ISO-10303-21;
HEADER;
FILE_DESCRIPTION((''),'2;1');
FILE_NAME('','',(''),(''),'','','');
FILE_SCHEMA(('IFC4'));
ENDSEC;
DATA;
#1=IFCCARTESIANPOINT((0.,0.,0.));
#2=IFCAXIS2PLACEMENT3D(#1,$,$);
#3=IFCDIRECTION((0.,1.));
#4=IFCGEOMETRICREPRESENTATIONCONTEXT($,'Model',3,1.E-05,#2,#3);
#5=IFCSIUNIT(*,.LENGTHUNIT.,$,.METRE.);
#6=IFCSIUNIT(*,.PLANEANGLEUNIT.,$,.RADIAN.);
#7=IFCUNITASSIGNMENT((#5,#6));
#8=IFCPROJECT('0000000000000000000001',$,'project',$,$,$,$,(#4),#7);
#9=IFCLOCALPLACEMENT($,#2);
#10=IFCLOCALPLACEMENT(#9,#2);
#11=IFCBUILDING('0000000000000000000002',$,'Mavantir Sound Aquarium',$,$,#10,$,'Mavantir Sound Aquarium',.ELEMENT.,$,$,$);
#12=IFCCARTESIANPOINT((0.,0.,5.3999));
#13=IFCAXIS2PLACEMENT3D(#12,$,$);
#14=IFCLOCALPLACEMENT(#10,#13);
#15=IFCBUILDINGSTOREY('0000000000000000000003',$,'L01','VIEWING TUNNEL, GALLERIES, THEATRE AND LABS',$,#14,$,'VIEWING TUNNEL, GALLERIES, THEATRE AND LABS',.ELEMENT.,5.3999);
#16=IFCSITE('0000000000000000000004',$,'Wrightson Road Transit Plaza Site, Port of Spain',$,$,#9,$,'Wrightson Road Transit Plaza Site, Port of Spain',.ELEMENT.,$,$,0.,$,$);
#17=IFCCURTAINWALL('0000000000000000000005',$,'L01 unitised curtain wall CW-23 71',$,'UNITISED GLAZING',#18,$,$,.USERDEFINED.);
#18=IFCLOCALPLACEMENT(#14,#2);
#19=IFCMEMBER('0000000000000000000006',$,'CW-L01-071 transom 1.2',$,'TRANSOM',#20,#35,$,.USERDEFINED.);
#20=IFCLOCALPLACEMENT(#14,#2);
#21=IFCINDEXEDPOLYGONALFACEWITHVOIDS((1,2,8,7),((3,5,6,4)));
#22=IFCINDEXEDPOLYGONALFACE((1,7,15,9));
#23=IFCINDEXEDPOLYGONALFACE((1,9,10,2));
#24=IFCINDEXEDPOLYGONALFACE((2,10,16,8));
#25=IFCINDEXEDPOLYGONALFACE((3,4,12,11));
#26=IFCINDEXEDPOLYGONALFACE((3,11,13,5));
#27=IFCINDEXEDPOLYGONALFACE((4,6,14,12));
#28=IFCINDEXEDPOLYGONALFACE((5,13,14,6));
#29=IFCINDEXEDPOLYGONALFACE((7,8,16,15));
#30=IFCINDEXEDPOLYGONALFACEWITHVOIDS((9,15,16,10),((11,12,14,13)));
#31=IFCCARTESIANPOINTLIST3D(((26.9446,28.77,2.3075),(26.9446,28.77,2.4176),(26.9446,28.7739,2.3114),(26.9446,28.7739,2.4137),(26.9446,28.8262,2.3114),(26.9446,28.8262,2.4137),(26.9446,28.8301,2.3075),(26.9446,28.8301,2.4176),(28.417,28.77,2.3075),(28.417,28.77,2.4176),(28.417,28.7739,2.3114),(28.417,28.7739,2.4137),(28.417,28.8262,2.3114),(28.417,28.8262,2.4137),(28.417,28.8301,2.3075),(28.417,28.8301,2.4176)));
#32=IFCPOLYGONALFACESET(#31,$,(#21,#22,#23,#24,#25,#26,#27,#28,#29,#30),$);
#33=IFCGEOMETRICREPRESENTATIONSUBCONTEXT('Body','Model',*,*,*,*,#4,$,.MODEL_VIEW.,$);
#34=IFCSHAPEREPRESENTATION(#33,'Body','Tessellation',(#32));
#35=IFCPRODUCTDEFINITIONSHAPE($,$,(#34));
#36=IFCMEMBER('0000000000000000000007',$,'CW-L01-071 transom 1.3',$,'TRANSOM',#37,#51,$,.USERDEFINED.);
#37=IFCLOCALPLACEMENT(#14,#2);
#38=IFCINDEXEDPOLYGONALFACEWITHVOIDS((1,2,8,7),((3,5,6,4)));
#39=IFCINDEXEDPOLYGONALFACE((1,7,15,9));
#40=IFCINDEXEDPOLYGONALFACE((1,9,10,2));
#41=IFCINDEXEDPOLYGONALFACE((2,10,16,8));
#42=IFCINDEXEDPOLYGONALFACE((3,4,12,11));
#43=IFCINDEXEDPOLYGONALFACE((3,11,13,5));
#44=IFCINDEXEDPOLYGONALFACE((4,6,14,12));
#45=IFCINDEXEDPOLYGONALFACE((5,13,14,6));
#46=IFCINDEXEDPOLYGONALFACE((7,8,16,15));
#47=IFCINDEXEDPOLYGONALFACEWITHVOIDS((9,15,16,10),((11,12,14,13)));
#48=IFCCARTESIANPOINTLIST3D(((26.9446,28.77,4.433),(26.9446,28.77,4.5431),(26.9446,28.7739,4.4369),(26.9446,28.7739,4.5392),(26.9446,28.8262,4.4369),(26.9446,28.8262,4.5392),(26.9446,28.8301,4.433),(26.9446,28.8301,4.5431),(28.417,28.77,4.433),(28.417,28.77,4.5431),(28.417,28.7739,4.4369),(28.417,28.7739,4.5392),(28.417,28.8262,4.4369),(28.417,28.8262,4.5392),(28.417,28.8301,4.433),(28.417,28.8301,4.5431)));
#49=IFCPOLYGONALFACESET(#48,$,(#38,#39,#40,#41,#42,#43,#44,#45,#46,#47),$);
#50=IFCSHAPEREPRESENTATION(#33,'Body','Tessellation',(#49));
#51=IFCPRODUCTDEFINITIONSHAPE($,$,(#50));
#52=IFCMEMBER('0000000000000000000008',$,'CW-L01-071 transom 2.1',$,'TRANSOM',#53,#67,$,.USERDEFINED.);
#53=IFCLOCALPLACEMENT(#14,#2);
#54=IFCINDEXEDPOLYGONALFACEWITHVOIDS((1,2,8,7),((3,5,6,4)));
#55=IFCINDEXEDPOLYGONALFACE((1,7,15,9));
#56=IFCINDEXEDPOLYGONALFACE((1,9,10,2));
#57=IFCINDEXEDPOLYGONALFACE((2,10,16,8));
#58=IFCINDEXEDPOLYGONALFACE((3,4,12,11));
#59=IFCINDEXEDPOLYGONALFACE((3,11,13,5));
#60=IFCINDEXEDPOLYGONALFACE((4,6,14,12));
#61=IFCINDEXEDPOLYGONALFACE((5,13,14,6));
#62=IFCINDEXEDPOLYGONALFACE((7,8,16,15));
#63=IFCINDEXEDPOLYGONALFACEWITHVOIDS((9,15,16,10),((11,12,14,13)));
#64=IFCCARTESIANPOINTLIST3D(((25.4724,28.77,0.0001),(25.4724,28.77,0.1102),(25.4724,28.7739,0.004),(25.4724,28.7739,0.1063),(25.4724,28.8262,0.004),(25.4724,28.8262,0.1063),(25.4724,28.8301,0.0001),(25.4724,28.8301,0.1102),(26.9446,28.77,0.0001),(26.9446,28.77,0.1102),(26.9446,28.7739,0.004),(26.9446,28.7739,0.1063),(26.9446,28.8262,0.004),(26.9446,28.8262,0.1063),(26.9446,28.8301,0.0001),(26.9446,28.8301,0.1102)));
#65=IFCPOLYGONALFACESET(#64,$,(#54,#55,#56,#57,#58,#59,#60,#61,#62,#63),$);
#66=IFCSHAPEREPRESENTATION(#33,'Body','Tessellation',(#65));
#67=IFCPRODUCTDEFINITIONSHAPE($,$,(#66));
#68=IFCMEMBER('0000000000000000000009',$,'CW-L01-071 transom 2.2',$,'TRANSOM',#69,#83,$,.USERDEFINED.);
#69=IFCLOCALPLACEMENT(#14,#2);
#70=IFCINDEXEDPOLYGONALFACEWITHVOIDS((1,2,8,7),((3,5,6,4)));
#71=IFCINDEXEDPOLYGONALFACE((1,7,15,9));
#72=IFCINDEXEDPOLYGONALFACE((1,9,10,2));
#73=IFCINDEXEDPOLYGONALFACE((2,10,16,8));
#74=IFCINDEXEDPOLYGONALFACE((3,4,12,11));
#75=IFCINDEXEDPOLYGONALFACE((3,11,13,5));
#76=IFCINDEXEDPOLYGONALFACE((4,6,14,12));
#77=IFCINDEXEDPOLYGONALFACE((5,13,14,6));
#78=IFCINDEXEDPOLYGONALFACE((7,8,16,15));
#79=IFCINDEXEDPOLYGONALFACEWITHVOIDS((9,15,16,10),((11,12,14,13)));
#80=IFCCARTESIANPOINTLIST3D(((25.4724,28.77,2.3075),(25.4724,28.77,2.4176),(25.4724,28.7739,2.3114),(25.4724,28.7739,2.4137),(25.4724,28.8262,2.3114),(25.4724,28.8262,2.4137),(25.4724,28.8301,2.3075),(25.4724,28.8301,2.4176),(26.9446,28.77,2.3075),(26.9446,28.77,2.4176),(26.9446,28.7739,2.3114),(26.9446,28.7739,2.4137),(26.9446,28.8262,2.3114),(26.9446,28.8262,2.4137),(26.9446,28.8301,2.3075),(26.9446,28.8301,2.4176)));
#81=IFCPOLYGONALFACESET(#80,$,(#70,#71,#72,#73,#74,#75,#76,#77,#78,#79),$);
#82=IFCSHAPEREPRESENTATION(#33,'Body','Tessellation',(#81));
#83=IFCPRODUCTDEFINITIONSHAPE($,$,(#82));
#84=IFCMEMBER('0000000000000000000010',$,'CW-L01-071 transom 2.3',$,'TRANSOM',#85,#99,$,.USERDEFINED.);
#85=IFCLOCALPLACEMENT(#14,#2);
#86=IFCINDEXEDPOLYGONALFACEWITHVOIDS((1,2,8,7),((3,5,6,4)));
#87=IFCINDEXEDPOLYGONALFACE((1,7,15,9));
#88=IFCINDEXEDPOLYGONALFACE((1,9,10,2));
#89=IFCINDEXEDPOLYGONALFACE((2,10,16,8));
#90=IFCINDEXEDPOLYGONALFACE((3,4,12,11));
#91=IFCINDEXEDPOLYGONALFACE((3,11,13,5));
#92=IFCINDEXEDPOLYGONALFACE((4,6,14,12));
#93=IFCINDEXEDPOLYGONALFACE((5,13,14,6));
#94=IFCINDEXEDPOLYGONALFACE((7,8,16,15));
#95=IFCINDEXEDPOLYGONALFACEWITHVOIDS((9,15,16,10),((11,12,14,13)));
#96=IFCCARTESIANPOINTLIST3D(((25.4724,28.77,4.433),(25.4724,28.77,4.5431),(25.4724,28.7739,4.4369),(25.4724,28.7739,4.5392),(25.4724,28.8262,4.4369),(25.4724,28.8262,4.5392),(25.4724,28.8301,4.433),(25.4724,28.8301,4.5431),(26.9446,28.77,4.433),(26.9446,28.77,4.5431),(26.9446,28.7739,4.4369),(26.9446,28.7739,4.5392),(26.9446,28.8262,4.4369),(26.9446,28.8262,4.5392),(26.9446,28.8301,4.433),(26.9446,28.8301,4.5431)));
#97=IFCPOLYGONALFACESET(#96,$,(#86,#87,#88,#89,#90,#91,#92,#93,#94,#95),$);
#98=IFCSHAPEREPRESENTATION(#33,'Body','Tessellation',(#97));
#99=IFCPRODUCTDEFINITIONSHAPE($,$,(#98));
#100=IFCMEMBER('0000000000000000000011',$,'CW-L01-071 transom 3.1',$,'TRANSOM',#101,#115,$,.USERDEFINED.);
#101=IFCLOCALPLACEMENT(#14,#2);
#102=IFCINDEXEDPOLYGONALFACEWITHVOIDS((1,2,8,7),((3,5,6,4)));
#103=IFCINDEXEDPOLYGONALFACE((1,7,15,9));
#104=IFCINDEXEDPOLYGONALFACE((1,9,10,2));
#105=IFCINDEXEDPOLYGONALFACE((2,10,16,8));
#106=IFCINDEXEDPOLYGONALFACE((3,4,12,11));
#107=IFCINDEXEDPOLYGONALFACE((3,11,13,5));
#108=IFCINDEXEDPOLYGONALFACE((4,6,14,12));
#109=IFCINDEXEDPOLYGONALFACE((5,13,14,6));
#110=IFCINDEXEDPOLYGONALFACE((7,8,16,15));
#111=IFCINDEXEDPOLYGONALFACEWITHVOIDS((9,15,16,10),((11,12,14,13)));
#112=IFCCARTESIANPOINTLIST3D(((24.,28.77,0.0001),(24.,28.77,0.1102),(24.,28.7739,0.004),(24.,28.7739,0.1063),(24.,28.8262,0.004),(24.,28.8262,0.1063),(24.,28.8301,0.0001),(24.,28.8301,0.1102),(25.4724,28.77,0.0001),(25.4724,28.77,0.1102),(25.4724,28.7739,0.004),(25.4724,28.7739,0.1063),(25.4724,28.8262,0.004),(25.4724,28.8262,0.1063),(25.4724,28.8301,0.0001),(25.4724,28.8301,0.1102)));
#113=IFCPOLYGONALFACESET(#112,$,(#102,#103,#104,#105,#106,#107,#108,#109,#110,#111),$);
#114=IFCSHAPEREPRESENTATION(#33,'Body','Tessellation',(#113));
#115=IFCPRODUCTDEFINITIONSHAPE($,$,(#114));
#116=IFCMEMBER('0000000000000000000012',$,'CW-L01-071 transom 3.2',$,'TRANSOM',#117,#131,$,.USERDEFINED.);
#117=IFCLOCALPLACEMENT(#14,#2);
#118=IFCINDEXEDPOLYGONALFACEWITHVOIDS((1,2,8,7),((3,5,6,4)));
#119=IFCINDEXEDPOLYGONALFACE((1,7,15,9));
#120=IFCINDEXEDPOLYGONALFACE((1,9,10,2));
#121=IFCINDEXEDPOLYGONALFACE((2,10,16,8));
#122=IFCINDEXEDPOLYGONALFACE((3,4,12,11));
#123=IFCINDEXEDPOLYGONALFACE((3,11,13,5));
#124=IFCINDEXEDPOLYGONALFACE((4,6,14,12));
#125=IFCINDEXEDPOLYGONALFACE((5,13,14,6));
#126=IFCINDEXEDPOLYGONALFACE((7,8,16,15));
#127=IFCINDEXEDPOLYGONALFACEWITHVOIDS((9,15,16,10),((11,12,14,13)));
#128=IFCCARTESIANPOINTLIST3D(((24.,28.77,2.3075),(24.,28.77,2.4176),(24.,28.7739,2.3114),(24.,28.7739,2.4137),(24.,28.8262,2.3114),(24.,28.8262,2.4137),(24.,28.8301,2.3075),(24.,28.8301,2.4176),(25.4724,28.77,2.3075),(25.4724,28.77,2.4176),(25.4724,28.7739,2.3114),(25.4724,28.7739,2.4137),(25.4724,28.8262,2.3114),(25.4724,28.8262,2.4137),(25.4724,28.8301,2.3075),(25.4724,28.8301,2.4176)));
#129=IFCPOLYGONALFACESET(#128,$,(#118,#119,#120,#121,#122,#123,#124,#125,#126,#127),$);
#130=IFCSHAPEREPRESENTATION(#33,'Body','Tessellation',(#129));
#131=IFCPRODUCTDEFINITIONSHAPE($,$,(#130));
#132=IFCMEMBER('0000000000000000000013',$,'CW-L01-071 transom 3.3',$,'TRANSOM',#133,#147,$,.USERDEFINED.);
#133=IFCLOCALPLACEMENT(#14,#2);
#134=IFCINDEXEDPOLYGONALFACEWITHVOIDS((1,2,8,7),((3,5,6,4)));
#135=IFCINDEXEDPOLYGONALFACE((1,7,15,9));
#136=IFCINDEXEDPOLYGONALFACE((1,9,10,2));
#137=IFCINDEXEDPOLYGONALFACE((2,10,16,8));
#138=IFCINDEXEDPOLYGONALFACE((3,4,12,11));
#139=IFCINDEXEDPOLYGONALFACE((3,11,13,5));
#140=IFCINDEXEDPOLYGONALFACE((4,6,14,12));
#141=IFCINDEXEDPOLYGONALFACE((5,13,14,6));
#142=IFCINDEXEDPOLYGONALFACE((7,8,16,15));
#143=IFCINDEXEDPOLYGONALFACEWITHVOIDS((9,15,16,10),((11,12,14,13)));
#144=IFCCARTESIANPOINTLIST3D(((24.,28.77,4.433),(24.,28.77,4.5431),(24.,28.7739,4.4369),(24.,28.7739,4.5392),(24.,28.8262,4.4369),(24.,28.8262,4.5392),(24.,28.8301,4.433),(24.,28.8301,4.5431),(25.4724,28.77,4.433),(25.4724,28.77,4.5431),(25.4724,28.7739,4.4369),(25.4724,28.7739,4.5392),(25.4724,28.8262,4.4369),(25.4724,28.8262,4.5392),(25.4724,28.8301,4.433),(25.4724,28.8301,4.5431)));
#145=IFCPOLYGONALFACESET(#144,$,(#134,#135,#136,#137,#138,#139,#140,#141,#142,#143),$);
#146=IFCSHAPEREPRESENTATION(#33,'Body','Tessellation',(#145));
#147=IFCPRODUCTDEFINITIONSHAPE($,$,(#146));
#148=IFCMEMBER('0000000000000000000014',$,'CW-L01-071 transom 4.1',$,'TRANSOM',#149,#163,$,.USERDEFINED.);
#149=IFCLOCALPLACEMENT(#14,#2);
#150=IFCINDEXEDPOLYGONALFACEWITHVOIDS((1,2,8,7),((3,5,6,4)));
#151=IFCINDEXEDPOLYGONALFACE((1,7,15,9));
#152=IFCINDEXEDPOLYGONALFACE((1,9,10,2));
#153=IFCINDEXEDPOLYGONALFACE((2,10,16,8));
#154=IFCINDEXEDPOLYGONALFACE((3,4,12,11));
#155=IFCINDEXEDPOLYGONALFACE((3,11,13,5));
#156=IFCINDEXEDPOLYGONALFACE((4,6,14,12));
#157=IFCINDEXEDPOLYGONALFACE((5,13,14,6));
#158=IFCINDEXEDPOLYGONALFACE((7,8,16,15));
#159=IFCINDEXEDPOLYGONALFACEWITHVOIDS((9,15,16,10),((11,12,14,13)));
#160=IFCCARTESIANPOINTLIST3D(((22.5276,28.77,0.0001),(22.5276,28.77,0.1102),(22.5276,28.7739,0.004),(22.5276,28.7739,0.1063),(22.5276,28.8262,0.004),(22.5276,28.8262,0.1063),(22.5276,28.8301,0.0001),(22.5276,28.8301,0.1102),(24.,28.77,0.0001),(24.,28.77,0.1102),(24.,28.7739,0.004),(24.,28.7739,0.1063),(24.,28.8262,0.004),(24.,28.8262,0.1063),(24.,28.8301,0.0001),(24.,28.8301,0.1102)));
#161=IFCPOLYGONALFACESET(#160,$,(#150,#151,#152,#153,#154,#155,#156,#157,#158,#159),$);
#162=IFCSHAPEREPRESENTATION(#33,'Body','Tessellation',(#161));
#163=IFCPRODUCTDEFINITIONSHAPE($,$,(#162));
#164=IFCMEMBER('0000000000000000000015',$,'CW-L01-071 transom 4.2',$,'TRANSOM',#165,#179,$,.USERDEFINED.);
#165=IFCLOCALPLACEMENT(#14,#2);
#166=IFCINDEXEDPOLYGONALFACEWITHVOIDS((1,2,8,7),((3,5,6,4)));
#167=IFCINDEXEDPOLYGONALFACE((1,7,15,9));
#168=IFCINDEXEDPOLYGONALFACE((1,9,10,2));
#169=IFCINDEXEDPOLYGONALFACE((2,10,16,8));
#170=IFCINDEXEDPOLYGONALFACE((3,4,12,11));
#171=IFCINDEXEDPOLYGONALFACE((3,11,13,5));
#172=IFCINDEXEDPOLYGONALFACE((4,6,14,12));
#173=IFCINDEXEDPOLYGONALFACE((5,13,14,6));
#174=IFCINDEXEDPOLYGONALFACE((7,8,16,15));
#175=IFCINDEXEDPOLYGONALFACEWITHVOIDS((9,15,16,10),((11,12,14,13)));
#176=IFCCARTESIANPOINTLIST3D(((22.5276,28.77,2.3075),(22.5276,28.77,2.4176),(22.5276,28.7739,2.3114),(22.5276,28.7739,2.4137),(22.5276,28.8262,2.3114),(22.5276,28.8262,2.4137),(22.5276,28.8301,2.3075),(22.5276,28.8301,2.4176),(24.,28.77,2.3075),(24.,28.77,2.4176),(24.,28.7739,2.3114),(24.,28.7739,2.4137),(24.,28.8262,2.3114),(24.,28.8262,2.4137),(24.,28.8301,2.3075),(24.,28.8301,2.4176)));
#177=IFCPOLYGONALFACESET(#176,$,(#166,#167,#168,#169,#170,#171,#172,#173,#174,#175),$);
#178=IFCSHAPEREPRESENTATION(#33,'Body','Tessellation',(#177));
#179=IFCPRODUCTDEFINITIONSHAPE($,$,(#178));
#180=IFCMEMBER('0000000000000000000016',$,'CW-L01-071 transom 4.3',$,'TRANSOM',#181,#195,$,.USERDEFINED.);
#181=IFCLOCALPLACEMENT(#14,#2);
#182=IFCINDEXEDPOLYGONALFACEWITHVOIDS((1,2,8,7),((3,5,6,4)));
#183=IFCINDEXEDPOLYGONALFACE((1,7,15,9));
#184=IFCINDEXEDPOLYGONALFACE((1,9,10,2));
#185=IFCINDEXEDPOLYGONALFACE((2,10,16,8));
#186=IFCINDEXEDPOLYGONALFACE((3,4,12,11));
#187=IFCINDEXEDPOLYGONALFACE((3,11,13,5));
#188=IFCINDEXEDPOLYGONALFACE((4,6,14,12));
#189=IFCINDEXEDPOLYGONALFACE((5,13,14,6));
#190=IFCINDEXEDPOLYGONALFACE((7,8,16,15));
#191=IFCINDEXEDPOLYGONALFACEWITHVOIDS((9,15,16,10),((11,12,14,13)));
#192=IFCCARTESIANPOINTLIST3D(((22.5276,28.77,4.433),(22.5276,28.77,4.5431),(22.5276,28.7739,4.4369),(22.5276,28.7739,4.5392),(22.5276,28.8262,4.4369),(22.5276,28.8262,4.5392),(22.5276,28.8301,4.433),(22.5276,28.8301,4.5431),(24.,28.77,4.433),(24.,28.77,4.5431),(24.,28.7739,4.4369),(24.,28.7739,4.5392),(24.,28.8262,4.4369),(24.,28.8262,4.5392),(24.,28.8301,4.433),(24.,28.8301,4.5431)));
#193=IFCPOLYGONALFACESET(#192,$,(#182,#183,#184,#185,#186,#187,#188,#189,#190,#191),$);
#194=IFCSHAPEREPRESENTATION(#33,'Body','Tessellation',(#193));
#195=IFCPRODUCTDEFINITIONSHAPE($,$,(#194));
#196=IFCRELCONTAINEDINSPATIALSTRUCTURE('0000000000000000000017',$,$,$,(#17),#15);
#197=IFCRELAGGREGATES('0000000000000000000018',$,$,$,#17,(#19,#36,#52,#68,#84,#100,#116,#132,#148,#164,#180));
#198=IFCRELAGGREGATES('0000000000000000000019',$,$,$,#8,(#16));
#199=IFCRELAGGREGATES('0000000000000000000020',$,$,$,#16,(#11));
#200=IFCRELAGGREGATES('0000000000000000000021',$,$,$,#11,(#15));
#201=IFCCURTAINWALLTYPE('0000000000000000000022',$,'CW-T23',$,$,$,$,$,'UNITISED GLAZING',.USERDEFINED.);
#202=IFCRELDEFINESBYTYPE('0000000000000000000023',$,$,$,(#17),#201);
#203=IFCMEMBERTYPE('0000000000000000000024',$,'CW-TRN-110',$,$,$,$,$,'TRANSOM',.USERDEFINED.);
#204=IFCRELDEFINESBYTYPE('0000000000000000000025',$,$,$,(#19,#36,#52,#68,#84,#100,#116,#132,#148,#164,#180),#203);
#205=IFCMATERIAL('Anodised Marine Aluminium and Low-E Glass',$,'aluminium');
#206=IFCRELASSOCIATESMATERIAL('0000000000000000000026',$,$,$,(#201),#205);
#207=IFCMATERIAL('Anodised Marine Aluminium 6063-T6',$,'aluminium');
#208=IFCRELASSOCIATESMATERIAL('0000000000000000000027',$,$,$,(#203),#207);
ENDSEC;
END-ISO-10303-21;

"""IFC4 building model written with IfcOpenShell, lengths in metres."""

from ifc_helpers import new_model, si_unit, direction, frame, origin, origin_2d, place, context, subcontext, project, spatial, hollow_rectangle, extrude, material, material_profile, profile_set, type_object, element, aggregate, save


model = new_model("IFC4")

# Units and contexts
model_context = context("Model", 3, precision=1e-05, world=origin(), true_north=direction((0.0, 1.0)))
body_context = subcontext(model_context, "Body", "Model", "MODEL_VIEW")
ifc_project = project(units=[si_unit("LENGTHUNIT", "METRE"), si_unit("PLANEANGLEUNIT", "RADIAN")], contexts=[model_context])

# Site, building, storey
site_placement = place(None, origin())
site = spatial("IfcSite", under=ifc_project, at=site_placement, Name="Wrightson Road Transit Plaza Site, Port of Spain", LongName="Wrightson Road Transit Plaza Site, Port of Spain", CompositionType="ELEMENT", RefElevation=0.0)
building_placement = place(site_placement, origin())
building = spatial("IfcBuilding", under=site, at=building_placement, Name="Mavantir Sound Aquarium", LongName="Mavantir Sound Aquarium", CompositionType="ELEMENT")
storey_placement = place(building_placement, frame((0.0, 0.0, 5.3999)))
storey = spatial("IfcBuildingStorey", under=building, at=storey_placement, Name="L01", Description="VIEWING TUNNEL, GALLERIES, THEATRE AND LABS", LongName="VIEWING TUNNEL, GALLERIES, THEATRE AND LABS", CompositionType="ELEMENT", Elevation=5.3999)

# Curtain wall, members
ifc_material_1 = material(Name="Anodised Marine Aluminium and Low-E Glass", Category="aluminium")
curtain_wall_type = type_object("IfcCurtainWallType", Name="CW-T23", ElementType="UNITISED GLAZING", PredefinedType="USERDEFINED", material=ifc_material_1)
curtain_wall_placement = place(storey_placement, origin())
curtain_wall = element("IfcCurtainWall", 1, at=curtain_wall_placement, inside=storey, type_object=curtain_wall_type, Name="L01 unitised curtain wall CW-23 71", ObjectType="UNITISED GLAZING", PredefinedType="USERDEFINED")
ifc_material_2 = material(Name="Anodised Marine Aluminium 6063-T6", Category="aluminium")
ifc_material_profile_1 = material_profile(ifc_material_2, hollow_rectangle(XDim=0.0601, YDim=0.1101, WallThickness=0.0039, at=origin_2d()), Name="ALU-TRANSOM-110X60")
ifc_profile_set_1 = profile_set([ifc_material_profile_1], Name="Anodised Marine Aluminium 6063-T6")
member_type_1 = type_object("IfcMemberType", Name="CW-TRN-110", ElementType="TRANSOM", PredefinedType="USERDEFINED", material=ifc_profile_set_1)
member_1_placement = place(storey_placement, frame((28.417, 28.8, 2.3625), z_axis=(-1.0, 0.0, 0.0), x_axis=(0.0, -1.0, 0.0)))
member_1 = element("IfcMember", 2, at=member_1_placement, type_object=member_type_1, Name="CW-L01-071 transom 1.2", ObjectType="TRANSOM", PredefinedType="USERDEFINED", context=body_context, shape_type="SweptSolid", body=[
    extrude(hollow_rectangle(XDim=0.0601, YDim=0.1101, WallThickness=0.0039, at=origin_2d()), origin(), (0.0, 0.0, 1.0), 1.4724),
])
member_2_placement = place(storey_placement, frame((28.417, 28.8, 4.488), z_axis=(-1.0, 0.0, 0.0), x_axis=(0.0, -1.0, 0.0)))
member_2 = element("IfcMember", 3, at=member_2_placement, type_object=member_type_1, Name="CW-L01-071 transom 1.3", ObjectType="TRANSOM", PredefinedType="USERDEFINED", context=body_context, shape_type="SweptSolid", body=[
    extrude(hollow_rectangle(XDim=0.0601, YDim=0.1101, WallThickness=0.0039, at=origin_2d()), origin(), (0.0, 0.0, 1.0), 1.4724),
])
member_3_placement = place(storey_placement, frame((26.9446, 28.8, 0.0552), z_axis=(-1.0, 0.0, 0.0), x_axis=(0.0, -1.0, 0.0)))
member_3 = element("IfcMember", 4, at=member_3_placement, type_object=member_type_1, Name="CW-L01-071 transom 2.1", ObjectType="TRANSOM", PredefinedType="USERDEFINED", context=body_context, shape_type="SweptSolid", body=[
    extrude(hollow_rectangle(XDim=0.0601, YDim=0.1101, WallThickness=0.0039, at=origin_2d()), origin(), (0.0, 0.0, 1.0), 1.4722),
])
member_4_placement = place(storey_placement, frame((26.9446, 28.8, 2.3625), z_axis=(-1.0, 0.0, 0.0), x_axis=(0.0, -1.0, 0.0)))
member_4 = element("IfcMember", 5, at=member_4_placement, type_object=member_type_1, Name="CW-L01-071 transom 2.2", ObjectType="TRANSOM", PredefinedType="USERDEFINED", context=body_context, shape_type="SweptSolid", body=[
    extrude(hollow_rectangle(XDim=0.0601, YDim=0.1101, WallThickness=0.0039, at=origin_2d()), origin(), (0.0, 0.0, 1.0), 1.4722),
])
member_5_placement = place(storey_placement, frame((26.9446, 28.8, 4.488), z_axis=(-1.0, 0.0, 0.0), x_axis=(0.0, -1.0, 0.0)))
member_5 = element("IfcMember", 6, at=member_5_placement, type_object=member_type_1, Name="CW-L01-071 transom 2.3", ObjectType="TRANSOM", PredefinedType="USERDEFINED", context=body_context, shape_type="SweptSolid", body=[
    extrude(hollow_rectangle(XDim=0.0601, YDim=0.1101, WallThickness=0.0039, at=origin_2d()), origin(), (0.0, 0.0, 1.0), 1.4722),
])
member_6_placement = place(storey_placement, frame((25.4724, 28.8, 0.0552), z_axis=(-1.0, 0.0, 0.0), x_axis=(0.0, -1.0, 0.0)))
member_6 = element("IfcMember", 7, at=member_6_placement, type_object=member_type_1, Name="CW-L01-071 transom 3.1", ObjectType="TRANSOM", PredefinedType="USERDEFINED", context=body_context, shape_type="SweptSolid", body=[
    extrude(hollow_rectangle(XDim=0.0601, YDim=0.1101, WallThickness=0.0039, at=origin_2d()), origin(), (0.0, 0.0, 1.0), 1.4724),
])
member_7_placement = place(storey_placement, frame((25.4724, 28.8, 2.3625), z_axis=(-1.0, 0.0, 0.0), x_axis=(0.0, -1.0, 0.0)))
member_7 = element("IfcMember", 8, at=member_7_placement, type_object=member_type_1, Name="CW-L01-071 transom 3.2", ObjectType="TRANSOM", PredefinedType="USERDEFINED", context=body_context, shape_type="SweptSolid", body=[
    extrude(hollow_rectangle(XDim=0.0601, YDim=0.1101, WallThickness=0.0039, at=origin_2d()), origin(), (0.0, 0.0, 1.0), 1.4724),
])
member_8_placement = place(storey_placement, frame((25.4724, 28.8, 4.488), z_axis=(-1.0, 0.0, 0.0), x_axis=(0.0, -1.0, 0.0)))
member_8 = element("IfcMember", 9, at=member_8_placement, type_object=member_type_1, Name="CW-L01-071 transom 3.3", ObjectType="TRANSOM", PredefinedType="USERDEFINED", context=body_context, shape_type="SweptSolid", body=[
    extrude(hollow_rectangle(XDim=0.0601, YDim=0.1101, WallThickness=0.0039, at=origin_2d()), origin(), (0.0, 0.0, 1.0), 1.4724),
])
member_9_placement = place(storey_placement, frame((24.0, 28.8, 0.0552), z_axis=(-1.0, 0.0, 0.0), x_axis=(0.0, -1.0, 0.0)))
member_9 = element("IfcMember", 10, at=member_9_placement, type_object=member_type_1, Name="CW-L01-071 transom 4.1", ObjectType="TRANSOM", PredefinedType="USERDEFINED", context=body_context, shape_type="SweptSolid", body=[
    extrude(hollow_rectangle(XDim=0.0601, YDim=0.1101, WallThickness=0.0039, at=origin_2d()), origin(), (0.0, 0.0, 1.0), 1.4724),
])
member_10_placement = place(storey_placement, frame((24.0, 28.8, 2.3625), z_axis=(-1.0, 0.0, 0.0), x_axis=(0.0, -1.0, 0.0)))
member_10 = element("IfcMember", 11, at=member_10_placement, type_object=member_type_1, Name="CW-L01-071 transom 4.2", ObjectType="TRANSOM", PredefinedType="USERDEFINED", context=body_context, shape_type="SweptSolid", body=[
    extrude(hollow_rectangle(XDim=0.0601, YDim=0.1101, WallThickness=0.0039, at=origin_2d()), origin(), (0.0, 0.0, 1.0), 1.4724),
])
member_11_placement = place(storey_placement, frame((24.0, 28.8, 4.488), z_axis=(-1.0, 0.0, 0.0), x_axis=(0.0, -1.0, 0.0)))
member_11 = element("IfcMember", 12, at=member_11_placement, type_object=member_type_1, Name="CW-L01-071 transom 4.3", ObjectType="TRANSOM", PredefinedType="USERDEFINED", context=body_context, shape_type="SweptSolid", body=[
    extrude(hollow_rectangle(XDim=0.0601, YDim=0.1101, WallThickness=0.0039, at=origin_2d()), origin(), (0.0, 0.0, 1.0), 1.4724),
])
aggregate(curtain_wall, [member_1, member_2, member_3, member_4, member_5, member_6, member_7, member_8, member_9, member_10, member_11])

save(model, "model.ifc")
